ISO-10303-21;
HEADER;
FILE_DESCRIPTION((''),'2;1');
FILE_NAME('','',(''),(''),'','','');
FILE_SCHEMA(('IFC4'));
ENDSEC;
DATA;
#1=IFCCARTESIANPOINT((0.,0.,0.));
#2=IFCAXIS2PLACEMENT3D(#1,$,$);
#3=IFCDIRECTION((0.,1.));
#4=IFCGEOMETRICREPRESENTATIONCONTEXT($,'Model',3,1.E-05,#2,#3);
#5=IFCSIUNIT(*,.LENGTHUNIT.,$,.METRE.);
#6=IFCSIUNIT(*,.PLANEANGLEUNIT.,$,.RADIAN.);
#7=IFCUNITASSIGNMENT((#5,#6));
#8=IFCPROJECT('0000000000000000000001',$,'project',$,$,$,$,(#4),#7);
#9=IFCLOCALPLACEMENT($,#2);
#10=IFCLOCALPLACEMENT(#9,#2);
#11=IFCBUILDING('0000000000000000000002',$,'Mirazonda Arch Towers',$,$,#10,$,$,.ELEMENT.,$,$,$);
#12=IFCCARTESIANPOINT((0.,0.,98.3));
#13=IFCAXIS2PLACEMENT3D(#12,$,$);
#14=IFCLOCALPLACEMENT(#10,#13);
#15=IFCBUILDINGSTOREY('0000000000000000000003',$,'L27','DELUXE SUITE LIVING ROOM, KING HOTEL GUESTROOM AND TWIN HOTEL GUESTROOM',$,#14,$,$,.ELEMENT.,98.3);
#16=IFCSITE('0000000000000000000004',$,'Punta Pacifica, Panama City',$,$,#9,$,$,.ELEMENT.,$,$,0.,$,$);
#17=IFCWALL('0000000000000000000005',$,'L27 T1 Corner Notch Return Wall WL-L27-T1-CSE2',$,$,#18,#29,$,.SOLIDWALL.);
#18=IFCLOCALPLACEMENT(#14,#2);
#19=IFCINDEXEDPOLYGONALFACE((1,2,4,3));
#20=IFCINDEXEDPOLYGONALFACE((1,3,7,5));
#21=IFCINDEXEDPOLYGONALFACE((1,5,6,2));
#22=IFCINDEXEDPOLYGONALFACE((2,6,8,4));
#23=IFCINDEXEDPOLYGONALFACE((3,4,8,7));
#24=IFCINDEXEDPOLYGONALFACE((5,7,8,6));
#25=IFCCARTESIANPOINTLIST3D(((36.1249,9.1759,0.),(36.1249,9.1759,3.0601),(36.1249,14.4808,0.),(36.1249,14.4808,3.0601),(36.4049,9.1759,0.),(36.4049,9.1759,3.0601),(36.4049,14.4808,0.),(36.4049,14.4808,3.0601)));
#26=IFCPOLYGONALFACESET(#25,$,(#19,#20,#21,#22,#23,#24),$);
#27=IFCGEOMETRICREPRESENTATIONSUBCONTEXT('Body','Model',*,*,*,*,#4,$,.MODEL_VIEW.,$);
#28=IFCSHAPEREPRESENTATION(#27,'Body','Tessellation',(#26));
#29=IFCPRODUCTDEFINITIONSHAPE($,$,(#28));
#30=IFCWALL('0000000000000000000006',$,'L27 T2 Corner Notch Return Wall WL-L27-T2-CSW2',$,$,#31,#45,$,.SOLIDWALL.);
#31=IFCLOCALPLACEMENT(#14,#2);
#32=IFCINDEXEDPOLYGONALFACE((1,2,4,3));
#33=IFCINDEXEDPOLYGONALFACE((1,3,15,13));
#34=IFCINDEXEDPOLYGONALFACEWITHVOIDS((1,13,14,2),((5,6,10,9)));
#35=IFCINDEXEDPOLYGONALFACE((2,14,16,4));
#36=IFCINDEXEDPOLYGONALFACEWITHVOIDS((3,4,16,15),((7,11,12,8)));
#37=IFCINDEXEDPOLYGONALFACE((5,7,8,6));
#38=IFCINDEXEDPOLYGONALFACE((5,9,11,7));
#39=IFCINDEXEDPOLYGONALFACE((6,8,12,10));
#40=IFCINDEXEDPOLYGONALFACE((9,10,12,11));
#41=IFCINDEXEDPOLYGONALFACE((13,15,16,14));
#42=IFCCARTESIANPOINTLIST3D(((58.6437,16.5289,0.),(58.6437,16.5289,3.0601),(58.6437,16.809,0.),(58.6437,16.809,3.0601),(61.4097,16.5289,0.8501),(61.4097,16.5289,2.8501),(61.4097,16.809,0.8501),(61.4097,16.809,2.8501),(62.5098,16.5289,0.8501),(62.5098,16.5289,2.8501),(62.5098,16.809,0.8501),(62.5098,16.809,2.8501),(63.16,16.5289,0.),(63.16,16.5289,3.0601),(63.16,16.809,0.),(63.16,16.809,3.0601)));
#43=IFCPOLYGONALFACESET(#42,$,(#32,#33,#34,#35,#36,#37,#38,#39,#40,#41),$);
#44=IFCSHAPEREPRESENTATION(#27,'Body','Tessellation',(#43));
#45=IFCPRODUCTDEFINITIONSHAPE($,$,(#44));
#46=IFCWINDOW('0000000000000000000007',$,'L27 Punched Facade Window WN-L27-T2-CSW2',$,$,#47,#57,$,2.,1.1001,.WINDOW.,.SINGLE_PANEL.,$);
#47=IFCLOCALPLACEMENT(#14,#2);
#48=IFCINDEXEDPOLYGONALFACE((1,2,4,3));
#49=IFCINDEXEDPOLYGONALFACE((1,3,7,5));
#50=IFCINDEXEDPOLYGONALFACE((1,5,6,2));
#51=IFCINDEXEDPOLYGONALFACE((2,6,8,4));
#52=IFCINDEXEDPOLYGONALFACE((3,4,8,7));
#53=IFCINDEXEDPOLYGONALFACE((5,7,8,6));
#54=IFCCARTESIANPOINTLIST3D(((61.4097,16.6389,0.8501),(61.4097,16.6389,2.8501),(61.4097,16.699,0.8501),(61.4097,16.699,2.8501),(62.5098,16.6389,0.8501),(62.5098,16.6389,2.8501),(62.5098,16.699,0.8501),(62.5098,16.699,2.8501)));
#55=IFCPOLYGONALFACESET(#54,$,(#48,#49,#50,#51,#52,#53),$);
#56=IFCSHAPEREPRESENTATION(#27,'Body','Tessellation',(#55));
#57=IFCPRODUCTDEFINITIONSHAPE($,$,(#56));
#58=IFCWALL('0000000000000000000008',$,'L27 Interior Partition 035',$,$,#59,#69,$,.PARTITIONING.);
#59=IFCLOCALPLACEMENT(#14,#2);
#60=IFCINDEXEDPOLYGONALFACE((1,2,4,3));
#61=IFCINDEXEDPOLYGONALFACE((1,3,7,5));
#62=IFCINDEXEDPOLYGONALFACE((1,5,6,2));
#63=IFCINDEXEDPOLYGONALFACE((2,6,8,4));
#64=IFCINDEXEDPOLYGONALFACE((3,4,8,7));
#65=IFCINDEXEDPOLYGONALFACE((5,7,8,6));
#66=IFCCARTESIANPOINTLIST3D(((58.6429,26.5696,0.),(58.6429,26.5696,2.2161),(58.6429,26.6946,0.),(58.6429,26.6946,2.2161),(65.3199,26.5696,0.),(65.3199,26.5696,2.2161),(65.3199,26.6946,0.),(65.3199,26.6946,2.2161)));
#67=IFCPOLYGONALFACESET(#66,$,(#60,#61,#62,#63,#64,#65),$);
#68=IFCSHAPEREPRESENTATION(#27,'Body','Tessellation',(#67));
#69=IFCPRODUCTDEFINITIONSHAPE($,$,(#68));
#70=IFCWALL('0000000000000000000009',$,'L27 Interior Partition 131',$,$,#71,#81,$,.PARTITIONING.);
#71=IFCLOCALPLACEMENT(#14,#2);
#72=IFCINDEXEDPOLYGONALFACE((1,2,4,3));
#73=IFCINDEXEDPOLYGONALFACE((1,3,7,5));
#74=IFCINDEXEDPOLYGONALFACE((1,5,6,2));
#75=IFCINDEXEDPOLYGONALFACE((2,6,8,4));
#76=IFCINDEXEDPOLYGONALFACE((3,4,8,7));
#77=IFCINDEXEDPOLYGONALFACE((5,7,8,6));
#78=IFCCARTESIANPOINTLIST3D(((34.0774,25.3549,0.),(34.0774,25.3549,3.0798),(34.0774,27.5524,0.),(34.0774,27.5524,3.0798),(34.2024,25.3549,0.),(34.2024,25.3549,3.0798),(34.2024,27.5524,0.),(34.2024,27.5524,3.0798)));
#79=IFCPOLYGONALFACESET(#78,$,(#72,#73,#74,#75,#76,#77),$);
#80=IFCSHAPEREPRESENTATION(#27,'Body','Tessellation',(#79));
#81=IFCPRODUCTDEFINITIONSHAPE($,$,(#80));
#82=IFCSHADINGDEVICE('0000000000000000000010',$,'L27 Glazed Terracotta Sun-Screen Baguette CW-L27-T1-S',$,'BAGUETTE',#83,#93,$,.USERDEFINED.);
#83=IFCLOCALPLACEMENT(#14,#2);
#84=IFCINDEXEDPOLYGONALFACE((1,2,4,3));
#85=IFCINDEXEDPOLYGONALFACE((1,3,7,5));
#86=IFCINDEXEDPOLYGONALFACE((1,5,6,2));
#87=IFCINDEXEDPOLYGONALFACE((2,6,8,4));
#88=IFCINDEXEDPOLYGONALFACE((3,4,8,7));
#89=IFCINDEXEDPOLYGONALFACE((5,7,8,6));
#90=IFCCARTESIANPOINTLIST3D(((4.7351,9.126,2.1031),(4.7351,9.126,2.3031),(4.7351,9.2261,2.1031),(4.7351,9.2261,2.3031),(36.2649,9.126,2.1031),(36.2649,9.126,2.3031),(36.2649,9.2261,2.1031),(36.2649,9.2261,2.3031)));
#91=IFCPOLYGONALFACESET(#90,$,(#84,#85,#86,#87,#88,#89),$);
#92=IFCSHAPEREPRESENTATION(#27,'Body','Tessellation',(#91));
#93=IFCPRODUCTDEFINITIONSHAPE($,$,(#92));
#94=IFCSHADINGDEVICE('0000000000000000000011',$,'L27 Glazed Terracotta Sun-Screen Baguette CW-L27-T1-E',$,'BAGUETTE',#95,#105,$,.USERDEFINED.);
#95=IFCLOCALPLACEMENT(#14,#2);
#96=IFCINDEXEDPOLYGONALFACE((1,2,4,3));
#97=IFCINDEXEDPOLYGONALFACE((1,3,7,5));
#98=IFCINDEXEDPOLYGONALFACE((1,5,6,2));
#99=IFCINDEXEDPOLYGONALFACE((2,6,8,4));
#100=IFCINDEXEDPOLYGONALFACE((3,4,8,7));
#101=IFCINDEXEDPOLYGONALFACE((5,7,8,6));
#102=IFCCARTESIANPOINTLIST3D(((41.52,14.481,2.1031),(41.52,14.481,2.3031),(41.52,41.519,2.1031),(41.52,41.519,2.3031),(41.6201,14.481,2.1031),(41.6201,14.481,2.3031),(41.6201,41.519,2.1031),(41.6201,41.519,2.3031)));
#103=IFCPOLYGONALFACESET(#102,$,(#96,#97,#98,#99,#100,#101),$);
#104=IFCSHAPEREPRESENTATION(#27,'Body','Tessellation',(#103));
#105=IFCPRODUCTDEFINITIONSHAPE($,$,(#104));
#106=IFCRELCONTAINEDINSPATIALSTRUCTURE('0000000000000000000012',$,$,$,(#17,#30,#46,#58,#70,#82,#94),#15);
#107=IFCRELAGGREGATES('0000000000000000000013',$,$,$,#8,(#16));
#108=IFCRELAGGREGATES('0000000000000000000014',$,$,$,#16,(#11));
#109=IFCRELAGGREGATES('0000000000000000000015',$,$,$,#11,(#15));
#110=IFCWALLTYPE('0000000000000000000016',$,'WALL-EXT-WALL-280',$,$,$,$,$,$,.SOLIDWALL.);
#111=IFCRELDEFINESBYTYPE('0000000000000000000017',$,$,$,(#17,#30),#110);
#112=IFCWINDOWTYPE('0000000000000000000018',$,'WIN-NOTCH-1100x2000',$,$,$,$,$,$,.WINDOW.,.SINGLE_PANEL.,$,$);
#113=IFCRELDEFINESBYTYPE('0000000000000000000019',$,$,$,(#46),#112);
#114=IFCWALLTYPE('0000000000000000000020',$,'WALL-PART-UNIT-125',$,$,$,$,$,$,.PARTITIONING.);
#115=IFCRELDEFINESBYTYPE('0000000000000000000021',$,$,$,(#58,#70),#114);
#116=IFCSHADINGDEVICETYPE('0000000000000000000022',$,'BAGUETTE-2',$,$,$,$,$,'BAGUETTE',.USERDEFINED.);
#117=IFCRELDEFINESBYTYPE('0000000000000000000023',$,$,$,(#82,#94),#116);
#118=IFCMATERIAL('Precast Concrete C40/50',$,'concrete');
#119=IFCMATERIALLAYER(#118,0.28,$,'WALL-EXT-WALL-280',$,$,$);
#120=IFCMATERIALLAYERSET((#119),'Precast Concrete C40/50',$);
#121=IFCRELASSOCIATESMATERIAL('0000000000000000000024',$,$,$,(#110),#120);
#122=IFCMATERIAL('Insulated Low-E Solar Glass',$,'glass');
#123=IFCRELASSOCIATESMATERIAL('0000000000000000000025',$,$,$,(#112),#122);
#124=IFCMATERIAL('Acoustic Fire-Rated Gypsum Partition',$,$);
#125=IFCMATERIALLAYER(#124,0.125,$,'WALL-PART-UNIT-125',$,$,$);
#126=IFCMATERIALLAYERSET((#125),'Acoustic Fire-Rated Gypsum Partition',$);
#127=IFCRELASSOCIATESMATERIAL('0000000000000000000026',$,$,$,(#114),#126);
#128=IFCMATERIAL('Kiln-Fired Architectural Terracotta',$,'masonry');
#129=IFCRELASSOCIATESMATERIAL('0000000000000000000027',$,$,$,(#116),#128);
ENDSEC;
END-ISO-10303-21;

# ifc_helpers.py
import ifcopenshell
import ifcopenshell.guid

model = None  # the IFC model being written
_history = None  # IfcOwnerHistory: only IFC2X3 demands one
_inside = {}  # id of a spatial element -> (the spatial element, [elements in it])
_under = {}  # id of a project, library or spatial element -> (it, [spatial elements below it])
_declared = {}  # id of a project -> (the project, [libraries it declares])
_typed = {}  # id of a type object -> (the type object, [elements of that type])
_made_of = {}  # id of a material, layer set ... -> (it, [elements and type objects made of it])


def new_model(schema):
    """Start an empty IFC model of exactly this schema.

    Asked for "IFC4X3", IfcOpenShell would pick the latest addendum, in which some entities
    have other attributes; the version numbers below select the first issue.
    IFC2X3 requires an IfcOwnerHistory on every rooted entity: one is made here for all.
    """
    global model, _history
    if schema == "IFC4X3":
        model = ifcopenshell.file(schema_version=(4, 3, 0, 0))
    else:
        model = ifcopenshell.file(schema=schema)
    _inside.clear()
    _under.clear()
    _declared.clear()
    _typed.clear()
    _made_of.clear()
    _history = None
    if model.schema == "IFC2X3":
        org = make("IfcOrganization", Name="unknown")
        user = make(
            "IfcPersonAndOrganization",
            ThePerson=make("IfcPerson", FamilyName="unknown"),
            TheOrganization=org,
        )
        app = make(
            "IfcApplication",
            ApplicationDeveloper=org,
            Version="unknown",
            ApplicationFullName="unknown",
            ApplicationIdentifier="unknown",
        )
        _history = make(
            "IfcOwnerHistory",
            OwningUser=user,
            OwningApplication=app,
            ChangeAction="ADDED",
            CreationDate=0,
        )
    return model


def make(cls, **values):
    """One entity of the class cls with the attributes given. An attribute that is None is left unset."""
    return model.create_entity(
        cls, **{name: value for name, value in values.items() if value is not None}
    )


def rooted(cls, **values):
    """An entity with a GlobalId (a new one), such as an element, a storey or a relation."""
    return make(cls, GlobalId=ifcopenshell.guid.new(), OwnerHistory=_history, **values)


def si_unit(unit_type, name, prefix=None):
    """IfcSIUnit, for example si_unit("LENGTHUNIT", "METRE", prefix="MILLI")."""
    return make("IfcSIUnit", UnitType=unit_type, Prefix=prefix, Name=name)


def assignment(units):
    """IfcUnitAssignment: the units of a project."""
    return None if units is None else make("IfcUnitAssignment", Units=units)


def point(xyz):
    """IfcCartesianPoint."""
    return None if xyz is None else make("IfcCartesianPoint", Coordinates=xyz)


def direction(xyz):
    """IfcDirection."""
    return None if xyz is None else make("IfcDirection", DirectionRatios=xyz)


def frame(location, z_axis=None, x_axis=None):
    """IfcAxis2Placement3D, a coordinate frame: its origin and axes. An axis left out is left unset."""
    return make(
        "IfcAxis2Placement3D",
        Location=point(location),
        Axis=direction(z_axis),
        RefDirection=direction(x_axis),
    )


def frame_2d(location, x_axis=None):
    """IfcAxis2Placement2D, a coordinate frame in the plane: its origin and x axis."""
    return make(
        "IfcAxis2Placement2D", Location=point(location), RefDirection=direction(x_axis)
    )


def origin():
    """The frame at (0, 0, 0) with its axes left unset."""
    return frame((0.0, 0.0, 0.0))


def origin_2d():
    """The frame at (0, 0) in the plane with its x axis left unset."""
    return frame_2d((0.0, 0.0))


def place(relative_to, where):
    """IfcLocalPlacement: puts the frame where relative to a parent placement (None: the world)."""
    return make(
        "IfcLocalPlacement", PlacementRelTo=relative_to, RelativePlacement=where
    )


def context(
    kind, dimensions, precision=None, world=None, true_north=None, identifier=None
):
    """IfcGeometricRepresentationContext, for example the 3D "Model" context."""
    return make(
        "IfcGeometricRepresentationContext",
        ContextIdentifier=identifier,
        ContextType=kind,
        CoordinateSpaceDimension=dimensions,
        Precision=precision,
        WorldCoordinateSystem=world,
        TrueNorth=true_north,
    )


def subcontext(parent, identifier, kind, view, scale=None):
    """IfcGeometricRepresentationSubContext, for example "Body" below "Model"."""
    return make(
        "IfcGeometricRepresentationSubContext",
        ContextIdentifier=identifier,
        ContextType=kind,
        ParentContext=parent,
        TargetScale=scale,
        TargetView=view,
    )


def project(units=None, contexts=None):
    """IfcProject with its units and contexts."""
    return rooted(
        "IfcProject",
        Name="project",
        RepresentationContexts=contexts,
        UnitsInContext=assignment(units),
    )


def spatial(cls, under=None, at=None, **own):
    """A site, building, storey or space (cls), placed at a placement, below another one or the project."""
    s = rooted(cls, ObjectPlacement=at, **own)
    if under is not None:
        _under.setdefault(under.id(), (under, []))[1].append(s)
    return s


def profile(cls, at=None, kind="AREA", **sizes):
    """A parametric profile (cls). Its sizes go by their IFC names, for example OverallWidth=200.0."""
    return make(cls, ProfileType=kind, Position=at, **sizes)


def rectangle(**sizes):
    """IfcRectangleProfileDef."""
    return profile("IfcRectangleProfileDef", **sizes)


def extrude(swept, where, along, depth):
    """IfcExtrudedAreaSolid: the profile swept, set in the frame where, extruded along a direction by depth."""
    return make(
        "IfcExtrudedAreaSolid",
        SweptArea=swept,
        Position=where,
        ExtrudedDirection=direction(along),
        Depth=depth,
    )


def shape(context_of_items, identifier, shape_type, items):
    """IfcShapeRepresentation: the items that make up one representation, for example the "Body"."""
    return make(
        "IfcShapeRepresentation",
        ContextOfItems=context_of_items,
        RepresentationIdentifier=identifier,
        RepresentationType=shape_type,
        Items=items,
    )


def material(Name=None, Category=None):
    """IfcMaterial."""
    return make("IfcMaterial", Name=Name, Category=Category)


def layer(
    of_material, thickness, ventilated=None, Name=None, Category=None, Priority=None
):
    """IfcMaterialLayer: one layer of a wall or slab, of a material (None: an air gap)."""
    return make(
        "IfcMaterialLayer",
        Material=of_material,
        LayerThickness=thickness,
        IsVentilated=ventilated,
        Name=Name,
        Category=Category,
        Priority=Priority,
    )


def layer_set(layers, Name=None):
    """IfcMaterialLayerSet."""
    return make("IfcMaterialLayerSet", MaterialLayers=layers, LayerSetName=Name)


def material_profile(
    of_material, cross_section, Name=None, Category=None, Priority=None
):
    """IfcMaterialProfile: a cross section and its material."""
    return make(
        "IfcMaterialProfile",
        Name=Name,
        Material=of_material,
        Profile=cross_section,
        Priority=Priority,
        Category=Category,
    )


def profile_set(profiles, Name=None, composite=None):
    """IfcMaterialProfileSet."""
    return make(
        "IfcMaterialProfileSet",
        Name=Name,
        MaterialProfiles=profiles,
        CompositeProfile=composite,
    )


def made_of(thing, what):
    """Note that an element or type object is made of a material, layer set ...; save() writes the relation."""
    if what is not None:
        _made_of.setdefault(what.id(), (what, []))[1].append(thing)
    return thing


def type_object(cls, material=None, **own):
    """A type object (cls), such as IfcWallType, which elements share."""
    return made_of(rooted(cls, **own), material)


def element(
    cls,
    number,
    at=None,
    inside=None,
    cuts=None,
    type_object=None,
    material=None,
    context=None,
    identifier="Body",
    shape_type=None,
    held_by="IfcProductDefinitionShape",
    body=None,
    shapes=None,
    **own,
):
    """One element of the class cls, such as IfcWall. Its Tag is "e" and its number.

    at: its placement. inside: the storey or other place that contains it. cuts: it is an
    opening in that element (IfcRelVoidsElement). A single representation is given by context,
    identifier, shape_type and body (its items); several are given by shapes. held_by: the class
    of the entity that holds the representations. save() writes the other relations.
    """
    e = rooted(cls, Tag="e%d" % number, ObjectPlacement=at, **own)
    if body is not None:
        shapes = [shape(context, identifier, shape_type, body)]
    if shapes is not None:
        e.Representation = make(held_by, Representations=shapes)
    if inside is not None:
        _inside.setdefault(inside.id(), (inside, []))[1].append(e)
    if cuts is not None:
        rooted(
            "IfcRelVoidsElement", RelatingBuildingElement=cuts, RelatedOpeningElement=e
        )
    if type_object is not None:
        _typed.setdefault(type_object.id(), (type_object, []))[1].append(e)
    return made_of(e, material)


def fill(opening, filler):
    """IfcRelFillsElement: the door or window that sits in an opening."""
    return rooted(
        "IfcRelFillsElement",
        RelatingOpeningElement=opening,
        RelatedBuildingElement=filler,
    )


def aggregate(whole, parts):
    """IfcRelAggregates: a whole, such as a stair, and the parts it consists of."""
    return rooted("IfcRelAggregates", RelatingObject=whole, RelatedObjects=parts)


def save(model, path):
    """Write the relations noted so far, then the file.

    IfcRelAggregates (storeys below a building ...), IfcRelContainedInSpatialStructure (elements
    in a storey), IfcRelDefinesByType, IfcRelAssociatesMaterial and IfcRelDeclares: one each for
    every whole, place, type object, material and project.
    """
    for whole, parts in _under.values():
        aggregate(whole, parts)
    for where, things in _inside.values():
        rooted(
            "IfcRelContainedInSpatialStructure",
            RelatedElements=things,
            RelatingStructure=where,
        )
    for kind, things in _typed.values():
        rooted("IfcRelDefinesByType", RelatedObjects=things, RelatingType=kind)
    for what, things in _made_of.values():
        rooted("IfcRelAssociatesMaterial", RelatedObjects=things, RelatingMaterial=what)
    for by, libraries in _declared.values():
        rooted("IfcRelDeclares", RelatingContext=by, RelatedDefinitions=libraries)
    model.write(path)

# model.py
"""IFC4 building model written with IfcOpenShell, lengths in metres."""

from ifc_helpers import new_model, si_unit, direction, frame, frame_2d, origin, origin_2d, place, context, subcontext, project, spatial, rectangle, extrude, material, layer, layer_set, material_profile, profile_set, type_object, element, fill, save


model = new_model("IFC4")

# Units and contexts
model_context = context("Model", 3, precision=1e-05, world=origin(), true_north=direction((0.0, 1.0)))
body_context = subcontext(model_context, "Body", "Model", "MODEL_VIEW")
ifc_project = project(units=[si_unit("LENGTHUNIT", "METRE"), si_unit("PLANEANGLEUNIT", "RADIAN")], contexts=[model_context])

# Site, building, storey
site_placement = place(None, origin())
site = spatial("IfcSite", under=ifc_project, at=site_placement, Name="Punta Pacifica, Panama City", CompositionType="ELEMENT", RefElevation=0.0)
building_placement = place(site_placement, origin())
building = spatial("IfcBuilding", under=site, at=building_placement, Name="Mirazonda Arch Towers", CompositionType="ELEMENT")
storey_placement = place(building_placement, frame((0.0, 0.0, 98.3)))
storey = spatial("IfcBuildingStorey", under=building, at=storey_placement, Name="L27", Description="DELUXE SUITE LIVING ROOM, KING HOTEL GUESTROOM AND TWIN HOTEL GUESTROOM", CompositionType="ELEMENT", Elevation=98.3)

# Shared definitions
ifc_material_1 = material(Name="Insulated Low-E Solar Glass", Category="glass")

# Shared definitions
ifc_material_2 = material(Name="Precast Concrete C40/50", Category="concrete")
ifc_layer_1 = layer(ifc_material_2, 0.28, Name="WALL-EXT-WALL-280")
ifc_layer_set_1 = layer_set([ifc_layer_1], Name="Precast Concrete C40/50")
wall_type_1 = type_object("IfcWallType", Name="WALL-EXT-WALL-280", PredefinedType="SOLIDWALL", material=ifc_layer_set_1)
window_type = type_object("IfcWindowType", Name="WIN-NOTCH-1100x2000", PartitioningType="SINGLE_PANEL", PredefinedType="WINDOW", material=ifc_material_1)

# Wall
wall_1_placement = place(storey_placement, frame((36.2649, 9.176, 0.0), z_axis=(0.0, 0.0, 1.0), x_axis=(0.0, 1.0, 0.0)))
element("IfcWall", 1, at=wall_1_placement, inside=storey, type_object=wall_type_1, Name="L27 T1 Corner Notch Return Wall WL-L27-T1-CSE2", PredefinedType="SOLIDWALL", context=body_context, shape_type="SweptSolid", body=[
    extrude(rectangle(XDim=5.3049, YDim=0.28, at=frame_2d((2.6523, 0.0))), origin(), (0.0, 0.0, 1.0), 3.0601),
])

# Wall, opening, window
wall_2_placement = place(storey_placement, frame((58.6436, 16.6689, 0.0), z_axis=(0.0, 0.0, 1.0), x_axis=(1.0, 0.0, 0.0)))
wall_2 = element("IfcWall", 2, at=wall_2_placement, inside=storey, type_object=wall_type_1, Name="L27 T2 Corner Notch Return Wall WL-L27-T2-CSW2", PredefinedType="SOLIDWALL", context=body_context, shape_type="SweptSolid", body=[
    extrude(rectangle(XDim=4.5164, YDim=0.28, at=frame_2d((2.2583, 0.0))), origin(), (0.0, 0.0, 1.0), 3.0601),
])
opening_1_placement = place(wall_2_placement, frame((2.7661, 0.0, 0.8501)))
opening_1 = element("IfcOpeningElement", 3, at=opening_1_placement, cuts=wall_2, PredefinedType="OPENING", context=body_context, shape_type="SweptSolid", body=[
    extrude(rectangle(XDim=1.1001, YDim=2.0, at=frame_2d((0.55, 1.0))), frame((0.0, 0.1499, 0.0), z_axis=(0.0, -1.0, 0.0), x_axis=(1.0, 0.0, 0.0)), (0.0, 0.0, 1.0), 0.3),
])
window_1_placement = place(opening_1_placement, origin())
window_1 = element("IfcWindow", 4, at=window_1_placement, inside=storey, type_object=window_type, Name="L27 Punched Facade Window WN-L27-T2-CSW2", OverallHeight=2.0, OverallWidth=1.1001, PartitioningType="SINGLE_PANEL", PredefinedType="WINDOW", context=body_context, shape_type="SweptSolid", body=[
    extrude(rectangle(XDim=1.1001, YDim=2.0, at=frame_2d((0.55, 1.0))), frame((0.0, 0.03, 0.0), z_axis=(0.0, -1.0, 0.0), x_axis=(1.0, 0.0, 0.0)), (0.0, 0.0, 1.0), 0.0601),
])
fill(opening_1, window_1)

# Walls
ifc_material_3 = material(Name="Acoustic Fire-Rated Gypsum Partition")
ifc_layer_2 = layer(ifc_material_3, 0.125, Name="WALL-PART-UNIT-125")
ifc_layer_set_2 = layer_set([ifc_layer_2], Name="Acoustic Fire-Rated Gypsum Partition")
wall_type_2 = type_object("IfcWallType", Name="WALL-PART-UNIT-125", PredefinedType="PARTITIONING", material=ifc_layer_set_2)
wall_3_placement = place(storey_placement, frame((58.6431, 26.6321, 0.0), z_axis=(0.0, 0.0, 1.0), x_axis=(1.0, 0.0, 0.0)))
element("IfcWall", 5, at=wall_3_placement, inside=storey, type_object=wall_type_2, Name="L27 Interior Partition 035", PredefinedType="PARTITIONING", context=body_context, shape_type="SweptSolid", body=[
    extrude(rectangle(XDim=6.677, YDim=0.125, at=frame_2d((3.3384, 0.0))), origin(), (0.0, 0.0, 1.0), 2.2161),
])
wall_4_placement = place(storey_placement, frame((34.1399, 25.355, 0.0), z_axis=(0.0, 0.0, 1.0), x_axis=(0.0, 1.0, 0.0)))
element("IfcWall", 6, at=wall_4_placement, inside=storey, type_object=wall_type_2, Name="L27 Interior Partition 131", PredefinedType="PARTITIONING", context=body_context, shape_type="SweptSolid", body=[
    extrude(rectangle(XDim=2.1975, YDim=0.125, at=frame_2d((1.0986, 0.0))), origin(), (0.0, 0.0, 1.0), 3.0798),
])

# Shading devices
ifc_material_4 = material(Name="Kiln-Fired Architectural Terracotta", Category="masonry")
ifc_material_profile_1 = material_profile(ifc_material_4, rectangle(XDim=0.1001, YDim=0.2, at=origin_2d()), Name="TERRA-BAG-100x200")
ifc_profile_set_1 = profile_set([ifc_material_profile_1], Name="Kiln-Fired Architectural Terracotta")
shading_device_type = type_object("IfcShadingDeviceType", Name="BAGUETTE-2", ElementType="BAGUETTE", PredefinedType="USERDEFINED", material=ifc_profile_set_1)
shading_device_1_placement = place(storey_placement, frame((36.2649, 9.176, 2.2031), z_axis=(-1.0, 0.0, 0.0), x_axis=(0.0, -1.0, 0.0)))
element("IfcShadingDevice", 7, at=shading_device_1_placement, inside=storey, type_object=shading_device_type, Name="L27 Glazed Terracotta Sun-Screen Baguette CW-L27-T1-S", ObjectType="BAGUETTE", PredefinedType="USERDEFINED", context=body_context, shape_type="SweptSolid", body=[
    extrude(rectangle(XDim=0.1001, YDim=0.2, at=origin_2d()), origin(), (0.0, 0.0, 1.0), 31.5298),
])
shading_device_2_placement = place(storey_placement, frame((41.5701, 14.481, 2.2031), z_axis=(0.0, 1.0, 0.0), x_axis=(-1.0, 0.0, 0.0)))
element("IfcShadingDevice", 8, at=shading_device_2_placement, inside=storey, type_object=shading_device_type, Name="L27 Glazed Terracotta Sun-Screen Baguette CW-L27-T1-E", ObjectType="BAGUETTE", PredefinedType="USERDEFINED", context=body_context, shape_type="SweptSolid", body=[
    extrude(rectangle(XDim=0.1001, YDim=0.2, at=origin_2d()), origin(), (0.0, 0.0, 1.0), 27.0381),
])

save(model, "model.ifc")
